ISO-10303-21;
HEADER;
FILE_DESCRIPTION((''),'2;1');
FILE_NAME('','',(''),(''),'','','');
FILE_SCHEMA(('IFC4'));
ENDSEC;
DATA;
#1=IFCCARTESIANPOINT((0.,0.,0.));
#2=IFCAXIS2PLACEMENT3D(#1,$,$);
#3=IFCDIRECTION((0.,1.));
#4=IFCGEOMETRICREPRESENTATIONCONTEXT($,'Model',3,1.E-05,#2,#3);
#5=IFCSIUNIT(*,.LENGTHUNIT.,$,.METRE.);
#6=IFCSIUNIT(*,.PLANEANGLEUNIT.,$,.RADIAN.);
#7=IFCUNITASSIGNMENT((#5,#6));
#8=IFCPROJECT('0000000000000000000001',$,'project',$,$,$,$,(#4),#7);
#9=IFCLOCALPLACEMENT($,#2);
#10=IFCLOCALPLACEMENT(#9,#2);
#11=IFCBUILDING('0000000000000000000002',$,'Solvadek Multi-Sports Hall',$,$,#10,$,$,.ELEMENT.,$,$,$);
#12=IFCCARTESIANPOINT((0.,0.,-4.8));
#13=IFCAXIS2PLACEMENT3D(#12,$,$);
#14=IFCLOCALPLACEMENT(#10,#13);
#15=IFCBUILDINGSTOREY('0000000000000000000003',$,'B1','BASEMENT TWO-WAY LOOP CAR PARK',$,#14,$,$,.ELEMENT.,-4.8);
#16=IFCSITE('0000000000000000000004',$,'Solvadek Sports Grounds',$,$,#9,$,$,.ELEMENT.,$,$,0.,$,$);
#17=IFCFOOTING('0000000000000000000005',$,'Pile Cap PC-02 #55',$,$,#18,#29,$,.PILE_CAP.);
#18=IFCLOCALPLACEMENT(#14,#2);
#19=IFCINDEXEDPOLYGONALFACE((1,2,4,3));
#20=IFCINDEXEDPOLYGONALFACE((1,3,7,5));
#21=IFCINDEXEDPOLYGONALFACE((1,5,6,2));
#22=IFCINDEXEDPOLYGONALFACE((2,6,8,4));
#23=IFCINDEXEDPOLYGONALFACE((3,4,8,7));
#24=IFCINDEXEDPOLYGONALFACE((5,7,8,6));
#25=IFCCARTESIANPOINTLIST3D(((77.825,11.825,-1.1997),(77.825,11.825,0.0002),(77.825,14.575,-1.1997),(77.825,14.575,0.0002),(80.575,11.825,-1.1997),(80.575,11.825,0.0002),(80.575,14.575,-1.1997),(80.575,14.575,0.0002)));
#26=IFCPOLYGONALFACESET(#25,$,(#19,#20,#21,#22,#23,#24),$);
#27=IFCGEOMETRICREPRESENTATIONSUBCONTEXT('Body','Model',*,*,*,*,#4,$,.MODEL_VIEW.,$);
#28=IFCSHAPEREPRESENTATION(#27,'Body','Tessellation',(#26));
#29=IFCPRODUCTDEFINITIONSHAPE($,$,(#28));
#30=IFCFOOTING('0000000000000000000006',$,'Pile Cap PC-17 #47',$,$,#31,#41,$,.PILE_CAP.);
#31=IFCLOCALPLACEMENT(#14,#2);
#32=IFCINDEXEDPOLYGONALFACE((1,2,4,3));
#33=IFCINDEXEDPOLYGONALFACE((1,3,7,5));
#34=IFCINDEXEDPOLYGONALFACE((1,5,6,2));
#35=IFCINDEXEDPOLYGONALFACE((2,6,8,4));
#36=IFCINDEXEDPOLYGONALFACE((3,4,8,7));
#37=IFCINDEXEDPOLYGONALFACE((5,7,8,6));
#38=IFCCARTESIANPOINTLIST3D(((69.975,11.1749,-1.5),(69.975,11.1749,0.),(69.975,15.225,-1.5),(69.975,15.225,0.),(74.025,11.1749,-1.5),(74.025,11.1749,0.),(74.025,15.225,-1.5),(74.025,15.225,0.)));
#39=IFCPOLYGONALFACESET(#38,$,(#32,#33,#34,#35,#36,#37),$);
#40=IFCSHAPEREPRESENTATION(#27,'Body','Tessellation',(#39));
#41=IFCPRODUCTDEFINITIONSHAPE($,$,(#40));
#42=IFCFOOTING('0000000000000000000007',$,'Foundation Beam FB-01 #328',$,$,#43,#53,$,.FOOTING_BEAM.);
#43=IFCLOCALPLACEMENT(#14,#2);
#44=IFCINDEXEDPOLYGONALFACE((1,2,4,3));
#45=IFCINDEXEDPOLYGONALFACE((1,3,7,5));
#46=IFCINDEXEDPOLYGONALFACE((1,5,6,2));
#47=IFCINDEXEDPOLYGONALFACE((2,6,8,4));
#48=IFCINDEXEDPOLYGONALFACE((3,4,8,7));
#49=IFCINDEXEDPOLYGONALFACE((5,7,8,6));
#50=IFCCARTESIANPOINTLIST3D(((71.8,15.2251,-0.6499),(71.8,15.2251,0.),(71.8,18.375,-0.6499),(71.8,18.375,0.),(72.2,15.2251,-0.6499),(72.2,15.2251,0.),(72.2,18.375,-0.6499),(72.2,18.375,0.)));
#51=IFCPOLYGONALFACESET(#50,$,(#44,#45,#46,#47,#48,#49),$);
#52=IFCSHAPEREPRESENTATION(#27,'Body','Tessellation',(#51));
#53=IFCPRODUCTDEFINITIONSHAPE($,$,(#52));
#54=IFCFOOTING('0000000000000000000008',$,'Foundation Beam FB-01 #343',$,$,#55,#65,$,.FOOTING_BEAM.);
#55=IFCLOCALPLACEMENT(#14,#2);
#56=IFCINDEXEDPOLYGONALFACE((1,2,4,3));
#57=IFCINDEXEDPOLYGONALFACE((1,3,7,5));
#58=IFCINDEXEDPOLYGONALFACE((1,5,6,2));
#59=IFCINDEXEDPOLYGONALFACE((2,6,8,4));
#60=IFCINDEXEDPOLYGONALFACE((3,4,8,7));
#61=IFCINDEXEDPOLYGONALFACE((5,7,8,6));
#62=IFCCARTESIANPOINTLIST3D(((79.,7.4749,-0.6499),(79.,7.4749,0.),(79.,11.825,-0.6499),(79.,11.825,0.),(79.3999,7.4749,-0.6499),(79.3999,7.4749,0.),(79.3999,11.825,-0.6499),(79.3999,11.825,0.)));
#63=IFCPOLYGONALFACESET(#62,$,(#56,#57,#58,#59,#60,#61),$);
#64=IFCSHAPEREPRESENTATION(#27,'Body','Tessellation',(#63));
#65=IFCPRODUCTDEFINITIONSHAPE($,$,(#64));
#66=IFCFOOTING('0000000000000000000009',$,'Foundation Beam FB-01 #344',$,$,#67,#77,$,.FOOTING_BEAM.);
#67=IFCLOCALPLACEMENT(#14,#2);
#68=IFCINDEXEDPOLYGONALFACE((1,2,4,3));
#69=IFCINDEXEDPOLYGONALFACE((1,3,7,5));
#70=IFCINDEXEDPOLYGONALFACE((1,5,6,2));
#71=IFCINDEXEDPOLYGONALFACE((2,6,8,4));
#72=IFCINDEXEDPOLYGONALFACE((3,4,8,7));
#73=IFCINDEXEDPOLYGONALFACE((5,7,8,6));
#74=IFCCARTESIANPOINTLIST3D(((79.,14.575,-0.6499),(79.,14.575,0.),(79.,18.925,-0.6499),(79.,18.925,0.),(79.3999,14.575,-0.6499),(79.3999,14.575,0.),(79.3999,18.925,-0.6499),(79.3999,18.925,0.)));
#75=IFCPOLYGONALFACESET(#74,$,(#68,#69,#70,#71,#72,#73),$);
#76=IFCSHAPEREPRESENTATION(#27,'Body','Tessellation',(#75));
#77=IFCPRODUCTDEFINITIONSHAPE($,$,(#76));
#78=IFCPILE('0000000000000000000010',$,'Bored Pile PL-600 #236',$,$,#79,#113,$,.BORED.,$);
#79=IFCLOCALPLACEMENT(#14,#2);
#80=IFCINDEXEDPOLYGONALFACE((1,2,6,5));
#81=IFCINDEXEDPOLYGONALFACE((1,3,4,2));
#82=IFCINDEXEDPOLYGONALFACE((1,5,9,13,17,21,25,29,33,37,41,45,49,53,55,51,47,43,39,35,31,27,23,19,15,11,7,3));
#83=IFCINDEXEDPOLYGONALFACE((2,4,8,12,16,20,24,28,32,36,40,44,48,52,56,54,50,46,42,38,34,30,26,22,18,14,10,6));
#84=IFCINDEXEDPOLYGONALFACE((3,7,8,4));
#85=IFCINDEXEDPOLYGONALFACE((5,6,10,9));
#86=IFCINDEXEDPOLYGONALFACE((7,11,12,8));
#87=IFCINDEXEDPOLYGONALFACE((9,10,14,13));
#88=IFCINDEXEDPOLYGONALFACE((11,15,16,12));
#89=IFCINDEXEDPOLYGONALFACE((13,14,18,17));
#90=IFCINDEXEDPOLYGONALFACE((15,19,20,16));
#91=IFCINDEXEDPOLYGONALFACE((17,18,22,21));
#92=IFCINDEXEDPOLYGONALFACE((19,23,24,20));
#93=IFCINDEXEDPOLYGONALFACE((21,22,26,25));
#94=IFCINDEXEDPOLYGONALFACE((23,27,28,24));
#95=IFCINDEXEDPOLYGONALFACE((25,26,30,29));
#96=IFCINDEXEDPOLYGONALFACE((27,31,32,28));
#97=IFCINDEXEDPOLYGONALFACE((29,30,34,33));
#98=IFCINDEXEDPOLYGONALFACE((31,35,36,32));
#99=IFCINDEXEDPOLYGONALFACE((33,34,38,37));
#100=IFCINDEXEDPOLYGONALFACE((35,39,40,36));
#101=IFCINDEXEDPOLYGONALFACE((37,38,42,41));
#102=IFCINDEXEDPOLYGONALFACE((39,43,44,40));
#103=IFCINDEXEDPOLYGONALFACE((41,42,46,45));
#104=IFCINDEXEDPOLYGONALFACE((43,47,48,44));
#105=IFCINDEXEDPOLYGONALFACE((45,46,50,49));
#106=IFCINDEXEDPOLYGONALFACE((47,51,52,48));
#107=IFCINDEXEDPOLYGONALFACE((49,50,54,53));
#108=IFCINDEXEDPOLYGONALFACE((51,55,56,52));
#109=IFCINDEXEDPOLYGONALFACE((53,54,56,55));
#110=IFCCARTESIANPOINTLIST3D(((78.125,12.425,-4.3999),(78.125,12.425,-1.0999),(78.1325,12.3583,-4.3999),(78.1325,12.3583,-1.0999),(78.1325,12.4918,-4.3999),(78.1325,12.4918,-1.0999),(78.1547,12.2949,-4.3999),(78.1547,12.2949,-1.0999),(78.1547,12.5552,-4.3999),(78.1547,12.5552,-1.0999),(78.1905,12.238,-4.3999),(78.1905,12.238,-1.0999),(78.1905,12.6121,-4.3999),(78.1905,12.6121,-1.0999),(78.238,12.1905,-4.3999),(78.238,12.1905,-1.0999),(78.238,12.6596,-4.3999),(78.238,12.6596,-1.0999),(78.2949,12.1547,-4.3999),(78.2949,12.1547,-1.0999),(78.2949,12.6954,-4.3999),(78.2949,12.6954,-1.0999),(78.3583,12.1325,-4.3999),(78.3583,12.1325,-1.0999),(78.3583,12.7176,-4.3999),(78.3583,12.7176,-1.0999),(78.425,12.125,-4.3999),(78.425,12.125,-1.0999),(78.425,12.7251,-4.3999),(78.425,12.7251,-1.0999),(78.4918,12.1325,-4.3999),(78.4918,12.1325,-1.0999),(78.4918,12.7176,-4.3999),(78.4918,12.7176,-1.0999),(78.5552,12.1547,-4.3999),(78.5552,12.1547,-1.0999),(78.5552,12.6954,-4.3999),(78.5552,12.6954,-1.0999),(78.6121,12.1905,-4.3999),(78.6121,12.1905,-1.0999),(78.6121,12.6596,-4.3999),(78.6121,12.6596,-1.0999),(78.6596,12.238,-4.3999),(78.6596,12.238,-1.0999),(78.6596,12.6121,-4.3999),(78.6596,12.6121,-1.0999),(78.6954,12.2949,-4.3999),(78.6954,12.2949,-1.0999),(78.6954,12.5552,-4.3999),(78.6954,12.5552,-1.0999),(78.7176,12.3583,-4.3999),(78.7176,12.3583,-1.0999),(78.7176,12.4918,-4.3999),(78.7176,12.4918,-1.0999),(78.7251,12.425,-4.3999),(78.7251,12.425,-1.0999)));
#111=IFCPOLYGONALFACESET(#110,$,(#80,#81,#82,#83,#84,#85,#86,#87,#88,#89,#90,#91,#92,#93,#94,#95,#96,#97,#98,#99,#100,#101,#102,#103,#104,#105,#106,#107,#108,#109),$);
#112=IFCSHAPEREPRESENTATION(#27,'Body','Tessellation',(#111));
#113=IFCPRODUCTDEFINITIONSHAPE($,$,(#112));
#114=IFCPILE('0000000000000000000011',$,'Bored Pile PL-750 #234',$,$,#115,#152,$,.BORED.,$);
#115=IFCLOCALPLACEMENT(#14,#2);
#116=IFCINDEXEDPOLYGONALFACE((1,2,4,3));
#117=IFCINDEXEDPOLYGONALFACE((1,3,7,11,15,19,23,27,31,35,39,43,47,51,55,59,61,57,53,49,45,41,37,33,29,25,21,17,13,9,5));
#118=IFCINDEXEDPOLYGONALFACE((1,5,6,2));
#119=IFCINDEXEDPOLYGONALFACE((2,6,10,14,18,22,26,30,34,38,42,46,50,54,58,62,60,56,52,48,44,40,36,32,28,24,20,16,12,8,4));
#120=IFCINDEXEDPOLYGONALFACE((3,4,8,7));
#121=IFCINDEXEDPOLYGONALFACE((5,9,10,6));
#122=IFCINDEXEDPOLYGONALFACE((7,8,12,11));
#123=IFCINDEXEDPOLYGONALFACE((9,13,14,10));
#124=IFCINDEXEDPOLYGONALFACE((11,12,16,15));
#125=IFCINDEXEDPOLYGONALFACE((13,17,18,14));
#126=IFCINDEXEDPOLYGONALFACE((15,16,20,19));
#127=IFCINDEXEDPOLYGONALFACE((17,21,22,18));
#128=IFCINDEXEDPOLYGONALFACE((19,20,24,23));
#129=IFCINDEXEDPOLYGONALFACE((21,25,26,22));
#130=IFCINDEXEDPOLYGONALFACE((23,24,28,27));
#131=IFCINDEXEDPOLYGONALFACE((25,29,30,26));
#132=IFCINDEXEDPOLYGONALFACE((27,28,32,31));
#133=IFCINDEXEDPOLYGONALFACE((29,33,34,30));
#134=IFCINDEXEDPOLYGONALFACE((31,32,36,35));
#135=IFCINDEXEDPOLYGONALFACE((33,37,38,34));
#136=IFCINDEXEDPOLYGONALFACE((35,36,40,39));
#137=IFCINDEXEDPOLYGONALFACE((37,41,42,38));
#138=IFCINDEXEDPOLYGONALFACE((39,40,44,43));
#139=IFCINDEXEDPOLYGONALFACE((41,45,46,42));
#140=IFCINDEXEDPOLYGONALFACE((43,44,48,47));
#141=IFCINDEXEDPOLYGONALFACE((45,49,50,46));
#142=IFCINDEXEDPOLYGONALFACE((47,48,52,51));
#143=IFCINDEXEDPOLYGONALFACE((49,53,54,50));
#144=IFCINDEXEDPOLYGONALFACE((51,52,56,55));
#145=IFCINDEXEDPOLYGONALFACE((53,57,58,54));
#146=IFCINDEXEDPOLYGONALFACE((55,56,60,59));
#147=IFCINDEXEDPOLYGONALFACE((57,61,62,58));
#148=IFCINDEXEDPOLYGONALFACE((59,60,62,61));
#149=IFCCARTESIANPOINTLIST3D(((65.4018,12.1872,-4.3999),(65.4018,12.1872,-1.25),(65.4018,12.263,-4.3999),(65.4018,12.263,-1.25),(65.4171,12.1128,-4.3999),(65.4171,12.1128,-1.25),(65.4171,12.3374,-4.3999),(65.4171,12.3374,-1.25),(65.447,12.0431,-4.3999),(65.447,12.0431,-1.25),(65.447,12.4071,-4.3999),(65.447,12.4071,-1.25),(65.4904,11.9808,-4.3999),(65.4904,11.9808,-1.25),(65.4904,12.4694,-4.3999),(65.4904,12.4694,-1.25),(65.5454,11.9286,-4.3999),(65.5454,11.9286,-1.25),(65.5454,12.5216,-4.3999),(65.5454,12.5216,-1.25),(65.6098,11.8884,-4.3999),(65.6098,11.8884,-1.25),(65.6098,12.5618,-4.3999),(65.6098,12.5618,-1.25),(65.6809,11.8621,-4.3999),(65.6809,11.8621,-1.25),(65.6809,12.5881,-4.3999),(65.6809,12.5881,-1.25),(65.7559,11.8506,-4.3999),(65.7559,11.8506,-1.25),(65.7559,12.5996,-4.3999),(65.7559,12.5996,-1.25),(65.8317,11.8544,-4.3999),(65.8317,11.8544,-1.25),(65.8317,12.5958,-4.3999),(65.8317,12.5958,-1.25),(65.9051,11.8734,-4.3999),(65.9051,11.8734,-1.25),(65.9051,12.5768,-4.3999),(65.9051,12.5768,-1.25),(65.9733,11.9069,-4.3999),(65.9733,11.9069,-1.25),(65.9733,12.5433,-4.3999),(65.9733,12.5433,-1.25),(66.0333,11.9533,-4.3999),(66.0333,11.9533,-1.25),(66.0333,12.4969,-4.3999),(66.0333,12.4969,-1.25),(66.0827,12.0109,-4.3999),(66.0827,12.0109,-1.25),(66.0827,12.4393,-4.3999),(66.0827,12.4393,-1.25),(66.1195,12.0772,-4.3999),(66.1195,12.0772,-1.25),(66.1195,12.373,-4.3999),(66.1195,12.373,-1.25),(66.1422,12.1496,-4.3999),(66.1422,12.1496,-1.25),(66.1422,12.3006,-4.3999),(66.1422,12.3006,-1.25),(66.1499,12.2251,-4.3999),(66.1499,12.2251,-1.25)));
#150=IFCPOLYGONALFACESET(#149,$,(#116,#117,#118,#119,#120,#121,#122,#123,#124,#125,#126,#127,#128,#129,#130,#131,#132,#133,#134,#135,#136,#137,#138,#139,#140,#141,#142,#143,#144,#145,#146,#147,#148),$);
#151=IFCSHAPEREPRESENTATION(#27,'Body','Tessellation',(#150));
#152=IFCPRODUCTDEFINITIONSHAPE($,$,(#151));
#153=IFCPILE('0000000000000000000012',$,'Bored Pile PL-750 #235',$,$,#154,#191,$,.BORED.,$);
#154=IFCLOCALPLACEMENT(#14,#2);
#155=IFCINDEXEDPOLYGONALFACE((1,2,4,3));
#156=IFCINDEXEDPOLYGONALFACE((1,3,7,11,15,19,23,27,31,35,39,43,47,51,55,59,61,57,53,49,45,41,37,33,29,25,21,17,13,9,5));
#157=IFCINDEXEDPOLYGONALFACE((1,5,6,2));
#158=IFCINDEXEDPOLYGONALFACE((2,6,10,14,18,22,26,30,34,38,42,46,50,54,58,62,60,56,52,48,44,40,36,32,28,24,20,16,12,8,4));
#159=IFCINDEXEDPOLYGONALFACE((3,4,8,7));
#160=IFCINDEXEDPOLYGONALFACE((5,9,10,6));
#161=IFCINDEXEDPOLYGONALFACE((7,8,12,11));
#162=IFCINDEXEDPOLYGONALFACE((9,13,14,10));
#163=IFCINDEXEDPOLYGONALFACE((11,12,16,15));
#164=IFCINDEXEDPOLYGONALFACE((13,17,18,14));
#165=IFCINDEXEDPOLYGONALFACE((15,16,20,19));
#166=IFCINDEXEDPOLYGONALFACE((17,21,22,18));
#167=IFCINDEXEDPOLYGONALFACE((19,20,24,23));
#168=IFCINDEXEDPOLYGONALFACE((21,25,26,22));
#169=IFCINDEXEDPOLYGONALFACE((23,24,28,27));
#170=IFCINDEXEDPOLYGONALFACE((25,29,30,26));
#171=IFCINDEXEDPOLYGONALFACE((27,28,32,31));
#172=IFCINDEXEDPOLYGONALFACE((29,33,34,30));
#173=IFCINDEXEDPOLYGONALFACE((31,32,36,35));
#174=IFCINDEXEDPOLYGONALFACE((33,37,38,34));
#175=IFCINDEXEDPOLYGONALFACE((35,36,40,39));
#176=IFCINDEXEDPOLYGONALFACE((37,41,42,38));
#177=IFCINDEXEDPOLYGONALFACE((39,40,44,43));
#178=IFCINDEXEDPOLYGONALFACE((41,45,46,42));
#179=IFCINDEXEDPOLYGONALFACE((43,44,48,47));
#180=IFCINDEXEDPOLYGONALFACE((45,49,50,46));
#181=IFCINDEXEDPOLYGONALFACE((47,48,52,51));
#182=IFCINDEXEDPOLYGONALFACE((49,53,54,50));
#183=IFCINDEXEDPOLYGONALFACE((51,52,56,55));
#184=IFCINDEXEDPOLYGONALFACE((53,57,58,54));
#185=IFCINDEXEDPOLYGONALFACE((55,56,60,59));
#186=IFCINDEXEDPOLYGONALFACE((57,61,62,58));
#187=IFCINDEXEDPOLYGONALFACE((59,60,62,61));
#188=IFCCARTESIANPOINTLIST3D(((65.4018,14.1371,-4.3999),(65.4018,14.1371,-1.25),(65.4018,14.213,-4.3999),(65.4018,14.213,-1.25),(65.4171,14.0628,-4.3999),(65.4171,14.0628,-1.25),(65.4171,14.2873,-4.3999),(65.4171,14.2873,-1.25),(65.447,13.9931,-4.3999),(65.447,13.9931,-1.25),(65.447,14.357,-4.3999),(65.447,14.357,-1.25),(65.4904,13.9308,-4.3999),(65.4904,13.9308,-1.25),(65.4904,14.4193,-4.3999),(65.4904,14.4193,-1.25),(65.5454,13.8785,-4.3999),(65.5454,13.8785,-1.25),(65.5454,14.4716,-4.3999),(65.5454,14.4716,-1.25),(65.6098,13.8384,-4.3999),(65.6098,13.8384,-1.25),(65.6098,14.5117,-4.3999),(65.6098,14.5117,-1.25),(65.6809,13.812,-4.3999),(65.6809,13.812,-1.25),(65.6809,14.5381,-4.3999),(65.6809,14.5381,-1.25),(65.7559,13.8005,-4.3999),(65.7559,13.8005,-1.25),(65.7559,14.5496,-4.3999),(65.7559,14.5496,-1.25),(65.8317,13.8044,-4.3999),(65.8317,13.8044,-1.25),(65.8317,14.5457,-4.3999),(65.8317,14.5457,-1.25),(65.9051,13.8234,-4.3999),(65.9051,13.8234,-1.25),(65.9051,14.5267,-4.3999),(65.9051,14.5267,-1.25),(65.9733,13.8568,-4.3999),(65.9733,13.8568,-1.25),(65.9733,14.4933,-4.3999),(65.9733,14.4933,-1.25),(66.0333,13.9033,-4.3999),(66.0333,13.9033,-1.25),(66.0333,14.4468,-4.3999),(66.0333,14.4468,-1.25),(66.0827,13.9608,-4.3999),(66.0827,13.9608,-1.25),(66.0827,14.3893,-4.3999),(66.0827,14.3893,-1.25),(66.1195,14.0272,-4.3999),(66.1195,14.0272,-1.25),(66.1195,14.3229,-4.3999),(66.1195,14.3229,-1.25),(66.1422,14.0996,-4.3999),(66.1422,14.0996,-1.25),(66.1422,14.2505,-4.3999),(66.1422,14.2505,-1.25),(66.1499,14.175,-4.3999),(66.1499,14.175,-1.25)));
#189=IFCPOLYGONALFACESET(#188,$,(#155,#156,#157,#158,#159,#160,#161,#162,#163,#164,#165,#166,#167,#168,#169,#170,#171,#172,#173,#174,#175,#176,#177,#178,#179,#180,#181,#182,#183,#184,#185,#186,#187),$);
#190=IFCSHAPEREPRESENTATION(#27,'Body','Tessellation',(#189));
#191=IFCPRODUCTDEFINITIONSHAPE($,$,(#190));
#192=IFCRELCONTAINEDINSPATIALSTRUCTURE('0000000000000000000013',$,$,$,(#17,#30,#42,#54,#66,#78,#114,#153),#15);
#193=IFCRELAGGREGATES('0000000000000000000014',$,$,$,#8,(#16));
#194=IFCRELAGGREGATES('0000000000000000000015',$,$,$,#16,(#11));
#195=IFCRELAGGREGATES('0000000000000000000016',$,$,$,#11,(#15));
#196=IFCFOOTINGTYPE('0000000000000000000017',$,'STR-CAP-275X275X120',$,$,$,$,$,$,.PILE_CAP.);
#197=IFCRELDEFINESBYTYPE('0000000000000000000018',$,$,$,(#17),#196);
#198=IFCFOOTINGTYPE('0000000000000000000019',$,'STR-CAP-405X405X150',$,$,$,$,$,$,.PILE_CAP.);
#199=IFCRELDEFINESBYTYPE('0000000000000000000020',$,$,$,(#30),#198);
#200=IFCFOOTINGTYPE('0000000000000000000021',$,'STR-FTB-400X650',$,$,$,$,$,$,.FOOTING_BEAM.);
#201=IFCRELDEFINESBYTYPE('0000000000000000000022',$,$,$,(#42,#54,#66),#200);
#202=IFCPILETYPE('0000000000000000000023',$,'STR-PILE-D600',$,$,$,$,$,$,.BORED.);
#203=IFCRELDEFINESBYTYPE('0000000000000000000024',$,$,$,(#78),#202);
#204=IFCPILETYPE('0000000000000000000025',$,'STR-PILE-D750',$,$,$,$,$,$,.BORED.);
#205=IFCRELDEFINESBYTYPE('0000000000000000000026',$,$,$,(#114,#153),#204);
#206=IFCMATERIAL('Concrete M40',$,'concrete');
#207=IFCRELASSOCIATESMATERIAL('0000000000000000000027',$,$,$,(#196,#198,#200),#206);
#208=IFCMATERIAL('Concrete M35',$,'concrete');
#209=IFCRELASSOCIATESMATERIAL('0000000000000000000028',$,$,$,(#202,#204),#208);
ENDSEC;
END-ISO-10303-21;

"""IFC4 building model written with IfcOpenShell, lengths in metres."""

from ifc_helpers import new_model, si_unit, direction, frame, origin, origin_2d, place, context, subcontext, project, spatial, rectangle, circle, extrude, material, material_profile, profile_set, type_object, element, save


model = new_model("IFC4")

# Units and contexts
model_context = context("Model", 3, precision=1e-05, world=origin(), true_north=direction((0.0, 1.0)))
body_context = subcontext(model_context, "Body", "Model", "MODEL_VIEW")
ifc_project = project(units=[si_unit("LENGTHUNIT", "METRE"), si_unit("PLANEANGLEUNIT", "RADIAN")], contexts=[model_context])

# Site, building, storey
site_placement = place(None, origin())
site = spatial("IfcSite", under=ifc_project, at=site_placement, Name="Solvadek Sports Grounds", CompositionType="ELEMENT", RefElevation=0.0)
building_placement = place(site_placement, origin())
building = spatial("IfcBuilding", under=site, at=building_placement, Name="Solvadek Multi-Sports Hall", CompositionType="ELEMENT")
storey_placement = place(building_placement, frame((0.0, 0.0, -4.8)))
storey = spatial("IfcBuildingStorey", under=building, at=storey_placement, Name="B1", Description="BASEMENT TWO-WAY LOOP CAR PARK", CompositionType="ELEMENT", Elevation=-4.8)

# Footings
ifc_material_1 = material(Name="Concrete M40", Category="concrete")
footing_type_1 = type_object("IfcFootingType", Name="STR-CAP-275X275X120", PredefinedType="PILE_CAP", material=ifc_material_1)
footing_1_placement = place(storey_placement, frame((79.2, 13.2, -1.1997), z_axis=(0.0, 0.0, 1.0), x_axis=(1.0, 0.0, 0.0)))
element("IfcFooting", 1, at=footing_1_placement, inside=storey, type_object=footing_type_1, Name="Pile Cap PC-02 #55", PredefinedType="PILE_CAP", context=body_context, shape_type="SweptSolid", body=[
    extrude(rectangle(XDim=2.75, YDim=2.75, at=origin_2d()), origin(), (0.0, 0.0, 1.0), 1.2),
])
footing_type_2 = type_object("IfcFootingType", Name="STR-CAP-405X405X150", PredefinedType="PILE_CAP", material=ifc_material_1)
footing_2_placement = place(storey_placement, frame((72.0, 13.2, -1.5), z_axis=(0.0, 0.0, 1.0), x_axis=(1.0, 0.0, 0.0)))
element("IfcFooting", 2, at=footing_2_placement, inside=storey, type_object=footing_type_2, Name="Pile Cap PC-17 #47", PredefinedType="PILE_CAP", context=body_context, shape_type="SweptSolid", body=[
    extrude(rectangle(XDim=4.05, YDim=4.05, at=origin_2d()), origin(), (0.0, 0.0, 1.0), 1.5),
])
footing_type_3 = type_object("IfcFootingType", Name="STR-FTB-400X650", PredefinedType="FOOTING_BEAM", material=ifc_material_1)
footing_3_placement = place(storey_placement, frame((72.0, 16.8, -0.6499), z_axis=(0.0, 0.0, 1.0), x_axis=(0.0, 1.0, 0.0)))
element("IfcFooting", 3, at=footing_3_placement, inside=storey, type_object=footing_type_3, Name="Foundation Beam FB-01 #328", PredefinedType="FOOTING_BEAM", context=body_context, shape_type="SweptSolid", body=[
    extrude(rectangle(XDim=3.1499, YDim=0.3999, at=origin_2d()), origin(), (0.0, 0.0, 1.0), 0.6499),
])
for number, where, z_axis, x_axis, name in (
    (4, (79.2, 9.6499, -0.6499), (0.0, 0.0, 1.0), (0.0, 1.0, 0.0), "Foundation Beam FB-01 #343"),
    (5, (79.2, 16.75, -0.6499), (0.0, 0.0, 1.0), (0.0, 1.0, 0.0), "Foundation Beam FB-01 #344"),
):
    element("IfcFooting", number, at=place(storey_placement, frame(where, z_axis=z_axis, x_axis=x_axis)), inside=storey, type_object=footing_type_3, Name=name, PredefinedType="FOOTING_BEAM", context=body_context, shape_type="SweptSolid", body=[
        extrude(rectangle(XDim=4.3501, YDim=0.3999, at=origin_2d()), origin(), (0.0, 0.0, 1.0), 0.6499),
    ])

# Piles
ifc_material_2 = material(Name="Concrete M35", Category="concrete")
ifc_material_profile_1 = material_profile(ifc_material_2, circle(Radius=0.3, at=origin_2d()), Name="BORED PILE D600")
ifc_profile_set_1 = profile_set([ifc_material_profile_1], Name="Concrete M35")
pile_type_1 = type_object("IfcPileType", Name="STR-PILE-D600", PredefinedType="BORED", material=ifc_profile_set_1)
pile_placement = place(storey_placement, frame((78.425, 12.425, -1.0999), z_axis=(0.0, 0.0, -1.0), x_axis=(1.0, 0.0, 0.0)))
element("IfcPile", 6, at=pile_placement, inside=storey, type_object=pile_type_1, Name="Bored Pile PL-600 #236", PredefinedType="BORED", context=body_context, shape_type="SweptSolid", body=[
    extrude(circle(Radius=0.3, at=origin_2d()), origin(), (0.0, 0.0, 1.0), 3.3),
])
ifc_material_profile_2 = material_profile(ifc_material_2, circle(Radius=0.375, at=origin_2d()), Name="BORED PILE D750")
ifc_profile_set_2 = profile_set([ifc_material_profile_2], Name="Concrete M35")
pile_type_2 = type_object("IfcPileType", Name="STR-PILE-D750", PredefinedType="BORED", material=ifc_profile_set_2)
for number, where, z_axis, x_axis, name in (
    (7, (65.7749, 12.2251, -1.25), (0.0, 0.0, -1.0), (1.0, 0.0, 0.0), "Bored Pile PL-750 #234"),
    (8, (65.7749, 14.175, -1.25), (0.0, 0.0, -1.0), (1.0, 0.0, 0.0), "Bored Pile PL-750 #235"),
):
    element("IfcPile", number, at=place(storey_placement, frame(where, z_axis=z_axis, x_axis=x_axis)), inside=storey, type_object=pile_type_2, Name=name, PredefinedType="BORED", context=body_context, shape_type="SweptSolid", body=[
        extrude(circle(Radius=0.375, at=origin_2d()), origin(), (0.0, 0.0, 1.0), 3.1499),
    ])

save(model, "model.ifc")
